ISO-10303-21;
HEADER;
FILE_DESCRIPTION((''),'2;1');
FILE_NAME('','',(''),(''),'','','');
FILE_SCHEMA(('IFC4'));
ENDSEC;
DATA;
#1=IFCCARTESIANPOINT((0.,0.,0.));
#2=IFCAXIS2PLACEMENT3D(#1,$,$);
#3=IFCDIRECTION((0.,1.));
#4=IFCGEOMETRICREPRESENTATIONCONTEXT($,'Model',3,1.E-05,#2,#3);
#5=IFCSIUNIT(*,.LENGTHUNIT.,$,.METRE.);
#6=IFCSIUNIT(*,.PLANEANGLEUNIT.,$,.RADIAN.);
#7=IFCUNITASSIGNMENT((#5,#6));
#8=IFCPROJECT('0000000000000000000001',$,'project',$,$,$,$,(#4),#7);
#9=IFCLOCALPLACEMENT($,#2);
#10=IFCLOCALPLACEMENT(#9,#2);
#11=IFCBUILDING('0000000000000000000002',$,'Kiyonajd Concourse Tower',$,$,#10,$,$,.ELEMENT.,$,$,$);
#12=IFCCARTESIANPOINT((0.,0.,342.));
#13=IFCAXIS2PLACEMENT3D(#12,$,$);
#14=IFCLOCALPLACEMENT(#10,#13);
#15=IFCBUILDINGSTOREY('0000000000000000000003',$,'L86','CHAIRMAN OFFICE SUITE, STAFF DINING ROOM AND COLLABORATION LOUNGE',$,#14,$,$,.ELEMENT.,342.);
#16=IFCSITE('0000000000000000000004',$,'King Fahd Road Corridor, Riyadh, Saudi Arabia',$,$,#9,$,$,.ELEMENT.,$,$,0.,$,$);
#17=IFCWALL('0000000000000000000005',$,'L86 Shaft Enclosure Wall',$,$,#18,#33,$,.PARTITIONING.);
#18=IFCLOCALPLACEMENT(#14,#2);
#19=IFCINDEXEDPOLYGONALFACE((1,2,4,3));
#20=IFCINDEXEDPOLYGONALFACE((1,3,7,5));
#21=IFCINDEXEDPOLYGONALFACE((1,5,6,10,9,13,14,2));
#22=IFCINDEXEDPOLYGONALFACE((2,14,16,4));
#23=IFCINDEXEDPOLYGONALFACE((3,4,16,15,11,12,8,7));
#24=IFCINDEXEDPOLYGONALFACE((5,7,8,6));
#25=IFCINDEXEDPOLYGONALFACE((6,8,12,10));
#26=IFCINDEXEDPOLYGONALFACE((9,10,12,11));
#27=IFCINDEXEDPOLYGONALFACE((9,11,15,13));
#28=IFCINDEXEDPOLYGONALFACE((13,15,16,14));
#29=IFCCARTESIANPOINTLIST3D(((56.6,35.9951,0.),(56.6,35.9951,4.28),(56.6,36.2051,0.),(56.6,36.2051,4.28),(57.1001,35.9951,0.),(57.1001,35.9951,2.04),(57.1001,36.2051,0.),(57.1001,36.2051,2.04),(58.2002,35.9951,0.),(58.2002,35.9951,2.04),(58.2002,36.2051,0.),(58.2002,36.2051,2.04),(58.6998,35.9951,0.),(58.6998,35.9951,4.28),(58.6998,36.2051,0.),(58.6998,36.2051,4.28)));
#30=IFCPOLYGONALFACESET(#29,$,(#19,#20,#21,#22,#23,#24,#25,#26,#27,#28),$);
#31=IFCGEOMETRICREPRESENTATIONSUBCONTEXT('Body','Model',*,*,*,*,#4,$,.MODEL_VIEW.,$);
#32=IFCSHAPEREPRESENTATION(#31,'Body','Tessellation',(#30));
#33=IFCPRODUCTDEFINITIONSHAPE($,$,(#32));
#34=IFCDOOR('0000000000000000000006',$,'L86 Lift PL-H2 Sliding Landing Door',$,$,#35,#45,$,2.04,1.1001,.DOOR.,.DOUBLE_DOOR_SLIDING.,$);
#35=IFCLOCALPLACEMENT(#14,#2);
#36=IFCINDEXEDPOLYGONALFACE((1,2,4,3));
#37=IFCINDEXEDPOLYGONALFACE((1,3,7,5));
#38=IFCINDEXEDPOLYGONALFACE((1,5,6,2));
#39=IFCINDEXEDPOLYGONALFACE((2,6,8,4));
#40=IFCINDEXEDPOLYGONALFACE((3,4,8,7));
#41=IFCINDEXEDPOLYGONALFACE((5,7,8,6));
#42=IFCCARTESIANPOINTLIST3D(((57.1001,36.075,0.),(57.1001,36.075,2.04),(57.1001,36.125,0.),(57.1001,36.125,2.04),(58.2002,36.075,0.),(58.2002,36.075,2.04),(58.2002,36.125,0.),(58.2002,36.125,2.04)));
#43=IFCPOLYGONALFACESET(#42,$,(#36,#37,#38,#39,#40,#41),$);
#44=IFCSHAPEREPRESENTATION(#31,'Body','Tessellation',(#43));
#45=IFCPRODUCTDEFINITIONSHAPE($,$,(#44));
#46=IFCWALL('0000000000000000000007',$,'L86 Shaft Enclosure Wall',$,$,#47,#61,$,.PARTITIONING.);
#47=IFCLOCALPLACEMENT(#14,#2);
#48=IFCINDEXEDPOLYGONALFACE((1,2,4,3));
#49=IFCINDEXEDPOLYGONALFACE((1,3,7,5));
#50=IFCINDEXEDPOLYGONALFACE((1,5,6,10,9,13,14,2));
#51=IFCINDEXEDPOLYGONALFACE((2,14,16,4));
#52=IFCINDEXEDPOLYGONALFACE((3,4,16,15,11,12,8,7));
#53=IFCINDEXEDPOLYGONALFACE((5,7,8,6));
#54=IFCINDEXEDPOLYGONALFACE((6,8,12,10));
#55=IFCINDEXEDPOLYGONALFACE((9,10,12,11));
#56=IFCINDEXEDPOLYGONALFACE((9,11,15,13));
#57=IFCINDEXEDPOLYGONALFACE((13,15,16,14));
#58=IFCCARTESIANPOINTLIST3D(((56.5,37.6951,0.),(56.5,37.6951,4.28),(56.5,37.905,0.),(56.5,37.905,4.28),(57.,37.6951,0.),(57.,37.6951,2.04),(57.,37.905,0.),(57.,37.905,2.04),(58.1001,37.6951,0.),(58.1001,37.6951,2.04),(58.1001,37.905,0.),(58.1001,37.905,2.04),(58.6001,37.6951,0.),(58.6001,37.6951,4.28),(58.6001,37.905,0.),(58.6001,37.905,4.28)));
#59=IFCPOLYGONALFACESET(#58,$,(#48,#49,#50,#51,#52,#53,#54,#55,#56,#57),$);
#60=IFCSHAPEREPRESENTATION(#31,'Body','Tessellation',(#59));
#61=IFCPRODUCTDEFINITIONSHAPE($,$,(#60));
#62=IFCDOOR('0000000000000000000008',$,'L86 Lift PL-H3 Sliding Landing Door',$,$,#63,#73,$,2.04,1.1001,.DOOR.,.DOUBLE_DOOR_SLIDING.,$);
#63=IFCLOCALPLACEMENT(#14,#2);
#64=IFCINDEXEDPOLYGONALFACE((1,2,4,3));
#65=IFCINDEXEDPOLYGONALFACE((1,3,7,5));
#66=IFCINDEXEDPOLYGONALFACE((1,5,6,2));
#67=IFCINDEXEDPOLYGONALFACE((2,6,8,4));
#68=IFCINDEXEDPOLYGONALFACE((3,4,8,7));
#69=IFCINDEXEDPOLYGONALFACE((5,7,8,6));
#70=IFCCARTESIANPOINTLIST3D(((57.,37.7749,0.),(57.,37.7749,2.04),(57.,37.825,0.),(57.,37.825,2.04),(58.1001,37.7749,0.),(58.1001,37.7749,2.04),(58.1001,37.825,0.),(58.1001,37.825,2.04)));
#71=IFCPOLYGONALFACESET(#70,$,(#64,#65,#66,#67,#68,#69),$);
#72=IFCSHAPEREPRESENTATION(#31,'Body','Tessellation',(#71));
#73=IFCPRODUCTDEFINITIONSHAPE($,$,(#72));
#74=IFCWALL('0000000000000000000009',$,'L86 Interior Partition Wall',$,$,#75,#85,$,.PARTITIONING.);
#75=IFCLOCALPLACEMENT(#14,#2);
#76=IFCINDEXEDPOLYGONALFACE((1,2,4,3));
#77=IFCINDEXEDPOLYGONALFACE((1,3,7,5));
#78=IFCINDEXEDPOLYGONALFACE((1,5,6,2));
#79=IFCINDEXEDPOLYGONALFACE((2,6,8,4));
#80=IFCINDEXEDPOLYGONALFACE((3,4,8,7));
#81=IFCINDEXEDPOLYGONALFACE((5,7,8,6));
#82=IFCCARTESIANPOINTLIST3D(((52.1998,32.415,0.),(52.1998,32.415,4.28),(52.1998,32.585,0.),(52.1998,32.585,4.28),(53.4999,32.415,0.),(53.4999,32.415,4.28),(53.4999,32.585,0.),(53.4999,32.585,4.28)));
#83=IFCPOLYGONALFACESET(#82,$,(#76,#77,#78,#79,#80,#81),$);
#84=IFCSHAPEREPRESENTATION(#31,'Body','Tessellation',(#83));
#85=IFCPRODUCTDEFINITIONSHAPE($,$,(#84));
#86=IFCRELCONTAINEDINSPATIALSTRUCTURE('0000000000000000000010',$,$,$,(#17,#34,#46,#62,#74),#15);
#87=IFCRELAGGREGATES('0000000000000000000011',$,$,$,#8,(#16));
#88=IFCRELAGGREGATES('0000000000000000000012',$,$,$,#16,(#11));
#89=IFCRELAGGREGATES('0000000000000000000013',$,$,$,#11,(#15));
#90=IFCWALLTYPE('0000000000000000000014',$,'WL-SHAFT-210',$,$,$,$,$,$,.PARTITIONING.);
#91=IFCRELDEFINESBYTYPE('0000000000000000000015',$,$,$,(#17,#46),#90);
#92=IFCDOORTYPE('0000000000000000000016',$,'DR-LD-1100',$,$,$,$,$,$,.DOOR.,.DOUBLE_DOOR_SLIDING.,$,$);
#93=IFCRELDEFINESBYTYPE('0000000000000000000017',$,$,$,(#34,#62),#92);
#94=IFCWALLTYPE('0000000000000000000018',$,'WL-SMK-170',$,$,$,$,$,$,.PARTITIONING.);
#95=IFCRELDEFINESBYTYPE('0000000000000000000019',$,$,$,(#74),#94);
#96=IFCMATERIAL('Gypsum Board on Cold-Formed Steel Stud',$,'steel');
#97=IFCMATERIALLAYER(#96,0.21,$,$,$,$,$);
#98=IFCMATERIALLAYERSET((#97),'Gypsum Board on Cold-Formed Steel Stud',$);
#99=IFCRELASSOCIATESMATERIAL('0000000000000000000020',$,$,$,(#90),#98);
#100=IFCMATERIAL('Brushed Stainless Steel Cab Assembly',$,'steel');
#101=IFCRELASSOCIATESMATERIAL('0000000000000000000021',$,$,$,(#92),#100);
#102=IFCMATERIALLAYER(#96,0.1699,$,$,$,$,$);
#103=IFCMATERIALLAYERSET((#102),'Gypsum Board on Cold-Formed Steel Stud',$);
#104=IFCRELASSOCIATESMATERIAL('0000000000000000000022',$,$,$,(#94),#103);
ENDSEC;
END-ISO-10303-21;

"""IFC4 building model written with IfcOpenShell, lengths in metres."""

from ifc_helpers import new_model, si_unit, direction, frame, frame_2d, origin, place, context, subcontext, project, spatial, rectangle, extrude, material, layer, layer_set, type_object, element, fill, save


model = new_model("IFC4")

# Units and contexts
model_context = context("Model", 3, precision=1e-05, world=origin(), true_north=direction((0.0, 1.0)))
body_context = subcontext(model_context, "Body", "Model", "MODEL_VIEW")
ifc_project = project(units=[si_unit("LENGTHUNIT", "METRE"), si_unit("PLANEANGLEUNIT", "RADIAN")], contexts=[model_context])

# Site, building, storey
site_placement = place(None, origin())
site = spatial("IfcSite", under=ifc_project, at=site_placement, Name="King Fahd Road Corridor, Riyadh, Saudi Arabia", CompositionType="ELEMENT", RefElevation=0.0)
building_placement = place(site_placement, origin())
building = spatial("IfcBuilding", under=site, at=building_placement, Name="Kiyonajd Concourse Tower", CompositionType="ELEMENT")
storey_placement = place(building_placement, frame((0.0, 0.0, 342.0)))
storey = spatial("IfcBuildingStorey", under=building, at=storey_placement, Name="L86", Description="CHAIRMAN OFFICE SUITE, STAFF DINING ROOM AND COLLABORATION LOUNGE", CompositionType="ELEMENT", Elevation=342.0)

# Shared definitions
ifc_material_1 = material(Name="Gypsum Board on Cold-Formed Steel Stud", Category="steel")
ifc_layer_1 = layer(ifc_material_1, 0.21)
ifc_layer_set_1 = layer_set([ifc_layer_1], Name="Gypsum Board on Cold-Formed Steel Stud")
wall_type_1 = type_object("IfcWallType", Name="WL-SHAFT-210", PredefinedType="PARTITIONING", material=ifc_layer_set_1)
ifc_material_2 = material(Name="Brushed Stainless Steel Cab Assembly", Category="steel")

# Shared definitions
door_type_1 = type_object("IfcDoorType", Name="DR-LD-1100", OperationType="DOUBLE_DOOR_SLIDING", PredefinedType="DOOR", material=ifc_material_2)

# Walls, openings, doors
wall_1_placement = place(storey_placement, frame((56.6001, 36.1001, 0.0), z_axis=(0.0, 0.0, 1.0), x_axis=(1.0, 0.0, 0.0)))
wall_1 = element("IfcWall", 1, at=wall_1_placement, inside=storey, type_object=wall_type_1, Name="L86 Shaft Enclosure Wall", PredefinedType="PARTITIONING", context=body_context, shape_type="SweptSolid", body=[
    extrude(rectangle(XDim=2.0999, YDim=0.21, at=frame_2d((1.0498, 0.0))), origin(), (0.0, 0.0, 1.0), 4.28),
])
opening_1_placement = place(wall_1_placement, frame((0.5, 0.0, 0.0)))
opening_1 = element("IfcOpeningElement", 2, at=opening_1_placement, cuts=wall_1, PredefinedType="OPENING", context=body_context, shape_type="SweptSolid", body=[
    extrude(rectangle(XDim=1.1001, YDim=2.04, at=frame_2d((0.55, 1.02))), frame((0.0, 0.115, 0.0), z_axis=(0.0, -1.0, 0.0), x_axis=(1.0, 0.0, 0.0)), (0.0, 0.0, 1.0), 0.23),
])
door_1_placement = place(opening_1_placement, origin())
door_1 = element("IfcDoor", 3, at=door_1_placement, inside=storey, type_object=door_type_1, Name="L86 Lift PL-H2 Sliding Landing Door", OperationType="DOUBLE_DOOR_SLIDING", OverallHeight=2.04, OverallWidth=1.1001, PredefinedType="DOOR", context=body_context, shape_type="SweptSolid", body=[
    extrude(rectangle(XDim=1.1001, YDim=2.04, at=frame_2d((0.55, 1.02))), frame((0.0, 0.0249, 0.0), z_axis=(0.0, -1.0, 0.0), x_axis=(1.0, 0.0, 0.0)), (0.0, 0.0, 1.0), 0.05),
])
fill(opening_1, door_1)
wall_2_placement = place(storey_placement, frame((56.5, 37.8, 0.0), z_axis=(0.0, 0.0, 1.0), x_axis=(1.0, 0.0, 0.0)))
wall_2 = element("IfcWall", 4, at=wall_2_placement, inside=storey, type_object=wall_type_1, Name="L86 Shaft Enclosure Wall", PredefinedType="PARTITIONING", context=body_context, shape_type="SweptSolid", body=[
    extrude(rectangle(XDim=2.1001, YDim=0.21, at=frame_2d((1.05, 0.0))), origin(), (0.0, 0.0, 1.0), 4.28),
])
opening_2_placement = place(wall_2_placement, frame((0.5, 0.0, 0.0)))
opening_2 = element("IfcOpeningElement", 5, at=opening_2_placement, cuts=wall_2, PredefinedType="OPENING", context=body_context, shape_type="SweptSolid", body=[
    extrude(rectangle(XDim=1.1001, YDim=2.04, at=frame_2d((0.55, 1.02))), frame((0.0, 0.115, 0.0), z_axis=(0.0, -1.0, 0.0), x_axis=(1.0, 0.0, 0.0)), (0.0, 0.0, 1.0), 0.23),
])
door_2_placement = place(opening_2_placement, origin())
door_2 = element("IfcDoor", 6, at=door_2_placement, inside=storey, type_object=door_type_1, Name="L86 Lift PL-H3 Sliding Landing Door", OperationType="DOUBLE_DOOR_SLIDING", OverallHeight=2.04, OverallWidth=1.1001, PredefinedType="DOOR", context=body_context, shape_type="SweptSolid", body=[
    extrude(rectangle(XDim=1.1001, YDim=2.04, at=frame_2d((0.55, 1.02))), frame((0.0, 0.0249, 0.0), z_axis=(0.0, -1.0, 0.0), x_axis=(1.0, 0.0, 0.0)), (0.0, 0.0, 1.0), 0.05),
])
fill(opening_2, door_2)

# Wall
ifc_layer_2 = layer(ifc_material_1, 0.1699)
ifc_layer_set_2 = layer_set([ifc_layer_2], Name="Gypsum Board on Cold-Formed Steel Stud")
wall_type_2 = type_object("IfcWallType", Name="WL-SMK-170", PredefinedType="PARTITIONING", material=ifc_layer_set_2)
wall_3_placement = place(storey_placement, frame((52.2, 32.5, 0.0), z_axis=(0.0, 0.0, 1.0), x_axis=(1.0, 0.0, 0.0)))
element("IfcWall", 7, at=wall_3_placement, inside=storey, type_object=wall_type_2, Name="L86 Interior Partition Wall", PredefinedType="PARTITIONING", context=body_context, shape_type="SweptSolid", body=[
    extrude(rectangle(XDim=1.3, YDim=0.1699, at=frame_2d((0.6499, 0.0))), origin(), (0.0, 0.0, 1.0), 4.28),
])

save(model, "model.ifc")
